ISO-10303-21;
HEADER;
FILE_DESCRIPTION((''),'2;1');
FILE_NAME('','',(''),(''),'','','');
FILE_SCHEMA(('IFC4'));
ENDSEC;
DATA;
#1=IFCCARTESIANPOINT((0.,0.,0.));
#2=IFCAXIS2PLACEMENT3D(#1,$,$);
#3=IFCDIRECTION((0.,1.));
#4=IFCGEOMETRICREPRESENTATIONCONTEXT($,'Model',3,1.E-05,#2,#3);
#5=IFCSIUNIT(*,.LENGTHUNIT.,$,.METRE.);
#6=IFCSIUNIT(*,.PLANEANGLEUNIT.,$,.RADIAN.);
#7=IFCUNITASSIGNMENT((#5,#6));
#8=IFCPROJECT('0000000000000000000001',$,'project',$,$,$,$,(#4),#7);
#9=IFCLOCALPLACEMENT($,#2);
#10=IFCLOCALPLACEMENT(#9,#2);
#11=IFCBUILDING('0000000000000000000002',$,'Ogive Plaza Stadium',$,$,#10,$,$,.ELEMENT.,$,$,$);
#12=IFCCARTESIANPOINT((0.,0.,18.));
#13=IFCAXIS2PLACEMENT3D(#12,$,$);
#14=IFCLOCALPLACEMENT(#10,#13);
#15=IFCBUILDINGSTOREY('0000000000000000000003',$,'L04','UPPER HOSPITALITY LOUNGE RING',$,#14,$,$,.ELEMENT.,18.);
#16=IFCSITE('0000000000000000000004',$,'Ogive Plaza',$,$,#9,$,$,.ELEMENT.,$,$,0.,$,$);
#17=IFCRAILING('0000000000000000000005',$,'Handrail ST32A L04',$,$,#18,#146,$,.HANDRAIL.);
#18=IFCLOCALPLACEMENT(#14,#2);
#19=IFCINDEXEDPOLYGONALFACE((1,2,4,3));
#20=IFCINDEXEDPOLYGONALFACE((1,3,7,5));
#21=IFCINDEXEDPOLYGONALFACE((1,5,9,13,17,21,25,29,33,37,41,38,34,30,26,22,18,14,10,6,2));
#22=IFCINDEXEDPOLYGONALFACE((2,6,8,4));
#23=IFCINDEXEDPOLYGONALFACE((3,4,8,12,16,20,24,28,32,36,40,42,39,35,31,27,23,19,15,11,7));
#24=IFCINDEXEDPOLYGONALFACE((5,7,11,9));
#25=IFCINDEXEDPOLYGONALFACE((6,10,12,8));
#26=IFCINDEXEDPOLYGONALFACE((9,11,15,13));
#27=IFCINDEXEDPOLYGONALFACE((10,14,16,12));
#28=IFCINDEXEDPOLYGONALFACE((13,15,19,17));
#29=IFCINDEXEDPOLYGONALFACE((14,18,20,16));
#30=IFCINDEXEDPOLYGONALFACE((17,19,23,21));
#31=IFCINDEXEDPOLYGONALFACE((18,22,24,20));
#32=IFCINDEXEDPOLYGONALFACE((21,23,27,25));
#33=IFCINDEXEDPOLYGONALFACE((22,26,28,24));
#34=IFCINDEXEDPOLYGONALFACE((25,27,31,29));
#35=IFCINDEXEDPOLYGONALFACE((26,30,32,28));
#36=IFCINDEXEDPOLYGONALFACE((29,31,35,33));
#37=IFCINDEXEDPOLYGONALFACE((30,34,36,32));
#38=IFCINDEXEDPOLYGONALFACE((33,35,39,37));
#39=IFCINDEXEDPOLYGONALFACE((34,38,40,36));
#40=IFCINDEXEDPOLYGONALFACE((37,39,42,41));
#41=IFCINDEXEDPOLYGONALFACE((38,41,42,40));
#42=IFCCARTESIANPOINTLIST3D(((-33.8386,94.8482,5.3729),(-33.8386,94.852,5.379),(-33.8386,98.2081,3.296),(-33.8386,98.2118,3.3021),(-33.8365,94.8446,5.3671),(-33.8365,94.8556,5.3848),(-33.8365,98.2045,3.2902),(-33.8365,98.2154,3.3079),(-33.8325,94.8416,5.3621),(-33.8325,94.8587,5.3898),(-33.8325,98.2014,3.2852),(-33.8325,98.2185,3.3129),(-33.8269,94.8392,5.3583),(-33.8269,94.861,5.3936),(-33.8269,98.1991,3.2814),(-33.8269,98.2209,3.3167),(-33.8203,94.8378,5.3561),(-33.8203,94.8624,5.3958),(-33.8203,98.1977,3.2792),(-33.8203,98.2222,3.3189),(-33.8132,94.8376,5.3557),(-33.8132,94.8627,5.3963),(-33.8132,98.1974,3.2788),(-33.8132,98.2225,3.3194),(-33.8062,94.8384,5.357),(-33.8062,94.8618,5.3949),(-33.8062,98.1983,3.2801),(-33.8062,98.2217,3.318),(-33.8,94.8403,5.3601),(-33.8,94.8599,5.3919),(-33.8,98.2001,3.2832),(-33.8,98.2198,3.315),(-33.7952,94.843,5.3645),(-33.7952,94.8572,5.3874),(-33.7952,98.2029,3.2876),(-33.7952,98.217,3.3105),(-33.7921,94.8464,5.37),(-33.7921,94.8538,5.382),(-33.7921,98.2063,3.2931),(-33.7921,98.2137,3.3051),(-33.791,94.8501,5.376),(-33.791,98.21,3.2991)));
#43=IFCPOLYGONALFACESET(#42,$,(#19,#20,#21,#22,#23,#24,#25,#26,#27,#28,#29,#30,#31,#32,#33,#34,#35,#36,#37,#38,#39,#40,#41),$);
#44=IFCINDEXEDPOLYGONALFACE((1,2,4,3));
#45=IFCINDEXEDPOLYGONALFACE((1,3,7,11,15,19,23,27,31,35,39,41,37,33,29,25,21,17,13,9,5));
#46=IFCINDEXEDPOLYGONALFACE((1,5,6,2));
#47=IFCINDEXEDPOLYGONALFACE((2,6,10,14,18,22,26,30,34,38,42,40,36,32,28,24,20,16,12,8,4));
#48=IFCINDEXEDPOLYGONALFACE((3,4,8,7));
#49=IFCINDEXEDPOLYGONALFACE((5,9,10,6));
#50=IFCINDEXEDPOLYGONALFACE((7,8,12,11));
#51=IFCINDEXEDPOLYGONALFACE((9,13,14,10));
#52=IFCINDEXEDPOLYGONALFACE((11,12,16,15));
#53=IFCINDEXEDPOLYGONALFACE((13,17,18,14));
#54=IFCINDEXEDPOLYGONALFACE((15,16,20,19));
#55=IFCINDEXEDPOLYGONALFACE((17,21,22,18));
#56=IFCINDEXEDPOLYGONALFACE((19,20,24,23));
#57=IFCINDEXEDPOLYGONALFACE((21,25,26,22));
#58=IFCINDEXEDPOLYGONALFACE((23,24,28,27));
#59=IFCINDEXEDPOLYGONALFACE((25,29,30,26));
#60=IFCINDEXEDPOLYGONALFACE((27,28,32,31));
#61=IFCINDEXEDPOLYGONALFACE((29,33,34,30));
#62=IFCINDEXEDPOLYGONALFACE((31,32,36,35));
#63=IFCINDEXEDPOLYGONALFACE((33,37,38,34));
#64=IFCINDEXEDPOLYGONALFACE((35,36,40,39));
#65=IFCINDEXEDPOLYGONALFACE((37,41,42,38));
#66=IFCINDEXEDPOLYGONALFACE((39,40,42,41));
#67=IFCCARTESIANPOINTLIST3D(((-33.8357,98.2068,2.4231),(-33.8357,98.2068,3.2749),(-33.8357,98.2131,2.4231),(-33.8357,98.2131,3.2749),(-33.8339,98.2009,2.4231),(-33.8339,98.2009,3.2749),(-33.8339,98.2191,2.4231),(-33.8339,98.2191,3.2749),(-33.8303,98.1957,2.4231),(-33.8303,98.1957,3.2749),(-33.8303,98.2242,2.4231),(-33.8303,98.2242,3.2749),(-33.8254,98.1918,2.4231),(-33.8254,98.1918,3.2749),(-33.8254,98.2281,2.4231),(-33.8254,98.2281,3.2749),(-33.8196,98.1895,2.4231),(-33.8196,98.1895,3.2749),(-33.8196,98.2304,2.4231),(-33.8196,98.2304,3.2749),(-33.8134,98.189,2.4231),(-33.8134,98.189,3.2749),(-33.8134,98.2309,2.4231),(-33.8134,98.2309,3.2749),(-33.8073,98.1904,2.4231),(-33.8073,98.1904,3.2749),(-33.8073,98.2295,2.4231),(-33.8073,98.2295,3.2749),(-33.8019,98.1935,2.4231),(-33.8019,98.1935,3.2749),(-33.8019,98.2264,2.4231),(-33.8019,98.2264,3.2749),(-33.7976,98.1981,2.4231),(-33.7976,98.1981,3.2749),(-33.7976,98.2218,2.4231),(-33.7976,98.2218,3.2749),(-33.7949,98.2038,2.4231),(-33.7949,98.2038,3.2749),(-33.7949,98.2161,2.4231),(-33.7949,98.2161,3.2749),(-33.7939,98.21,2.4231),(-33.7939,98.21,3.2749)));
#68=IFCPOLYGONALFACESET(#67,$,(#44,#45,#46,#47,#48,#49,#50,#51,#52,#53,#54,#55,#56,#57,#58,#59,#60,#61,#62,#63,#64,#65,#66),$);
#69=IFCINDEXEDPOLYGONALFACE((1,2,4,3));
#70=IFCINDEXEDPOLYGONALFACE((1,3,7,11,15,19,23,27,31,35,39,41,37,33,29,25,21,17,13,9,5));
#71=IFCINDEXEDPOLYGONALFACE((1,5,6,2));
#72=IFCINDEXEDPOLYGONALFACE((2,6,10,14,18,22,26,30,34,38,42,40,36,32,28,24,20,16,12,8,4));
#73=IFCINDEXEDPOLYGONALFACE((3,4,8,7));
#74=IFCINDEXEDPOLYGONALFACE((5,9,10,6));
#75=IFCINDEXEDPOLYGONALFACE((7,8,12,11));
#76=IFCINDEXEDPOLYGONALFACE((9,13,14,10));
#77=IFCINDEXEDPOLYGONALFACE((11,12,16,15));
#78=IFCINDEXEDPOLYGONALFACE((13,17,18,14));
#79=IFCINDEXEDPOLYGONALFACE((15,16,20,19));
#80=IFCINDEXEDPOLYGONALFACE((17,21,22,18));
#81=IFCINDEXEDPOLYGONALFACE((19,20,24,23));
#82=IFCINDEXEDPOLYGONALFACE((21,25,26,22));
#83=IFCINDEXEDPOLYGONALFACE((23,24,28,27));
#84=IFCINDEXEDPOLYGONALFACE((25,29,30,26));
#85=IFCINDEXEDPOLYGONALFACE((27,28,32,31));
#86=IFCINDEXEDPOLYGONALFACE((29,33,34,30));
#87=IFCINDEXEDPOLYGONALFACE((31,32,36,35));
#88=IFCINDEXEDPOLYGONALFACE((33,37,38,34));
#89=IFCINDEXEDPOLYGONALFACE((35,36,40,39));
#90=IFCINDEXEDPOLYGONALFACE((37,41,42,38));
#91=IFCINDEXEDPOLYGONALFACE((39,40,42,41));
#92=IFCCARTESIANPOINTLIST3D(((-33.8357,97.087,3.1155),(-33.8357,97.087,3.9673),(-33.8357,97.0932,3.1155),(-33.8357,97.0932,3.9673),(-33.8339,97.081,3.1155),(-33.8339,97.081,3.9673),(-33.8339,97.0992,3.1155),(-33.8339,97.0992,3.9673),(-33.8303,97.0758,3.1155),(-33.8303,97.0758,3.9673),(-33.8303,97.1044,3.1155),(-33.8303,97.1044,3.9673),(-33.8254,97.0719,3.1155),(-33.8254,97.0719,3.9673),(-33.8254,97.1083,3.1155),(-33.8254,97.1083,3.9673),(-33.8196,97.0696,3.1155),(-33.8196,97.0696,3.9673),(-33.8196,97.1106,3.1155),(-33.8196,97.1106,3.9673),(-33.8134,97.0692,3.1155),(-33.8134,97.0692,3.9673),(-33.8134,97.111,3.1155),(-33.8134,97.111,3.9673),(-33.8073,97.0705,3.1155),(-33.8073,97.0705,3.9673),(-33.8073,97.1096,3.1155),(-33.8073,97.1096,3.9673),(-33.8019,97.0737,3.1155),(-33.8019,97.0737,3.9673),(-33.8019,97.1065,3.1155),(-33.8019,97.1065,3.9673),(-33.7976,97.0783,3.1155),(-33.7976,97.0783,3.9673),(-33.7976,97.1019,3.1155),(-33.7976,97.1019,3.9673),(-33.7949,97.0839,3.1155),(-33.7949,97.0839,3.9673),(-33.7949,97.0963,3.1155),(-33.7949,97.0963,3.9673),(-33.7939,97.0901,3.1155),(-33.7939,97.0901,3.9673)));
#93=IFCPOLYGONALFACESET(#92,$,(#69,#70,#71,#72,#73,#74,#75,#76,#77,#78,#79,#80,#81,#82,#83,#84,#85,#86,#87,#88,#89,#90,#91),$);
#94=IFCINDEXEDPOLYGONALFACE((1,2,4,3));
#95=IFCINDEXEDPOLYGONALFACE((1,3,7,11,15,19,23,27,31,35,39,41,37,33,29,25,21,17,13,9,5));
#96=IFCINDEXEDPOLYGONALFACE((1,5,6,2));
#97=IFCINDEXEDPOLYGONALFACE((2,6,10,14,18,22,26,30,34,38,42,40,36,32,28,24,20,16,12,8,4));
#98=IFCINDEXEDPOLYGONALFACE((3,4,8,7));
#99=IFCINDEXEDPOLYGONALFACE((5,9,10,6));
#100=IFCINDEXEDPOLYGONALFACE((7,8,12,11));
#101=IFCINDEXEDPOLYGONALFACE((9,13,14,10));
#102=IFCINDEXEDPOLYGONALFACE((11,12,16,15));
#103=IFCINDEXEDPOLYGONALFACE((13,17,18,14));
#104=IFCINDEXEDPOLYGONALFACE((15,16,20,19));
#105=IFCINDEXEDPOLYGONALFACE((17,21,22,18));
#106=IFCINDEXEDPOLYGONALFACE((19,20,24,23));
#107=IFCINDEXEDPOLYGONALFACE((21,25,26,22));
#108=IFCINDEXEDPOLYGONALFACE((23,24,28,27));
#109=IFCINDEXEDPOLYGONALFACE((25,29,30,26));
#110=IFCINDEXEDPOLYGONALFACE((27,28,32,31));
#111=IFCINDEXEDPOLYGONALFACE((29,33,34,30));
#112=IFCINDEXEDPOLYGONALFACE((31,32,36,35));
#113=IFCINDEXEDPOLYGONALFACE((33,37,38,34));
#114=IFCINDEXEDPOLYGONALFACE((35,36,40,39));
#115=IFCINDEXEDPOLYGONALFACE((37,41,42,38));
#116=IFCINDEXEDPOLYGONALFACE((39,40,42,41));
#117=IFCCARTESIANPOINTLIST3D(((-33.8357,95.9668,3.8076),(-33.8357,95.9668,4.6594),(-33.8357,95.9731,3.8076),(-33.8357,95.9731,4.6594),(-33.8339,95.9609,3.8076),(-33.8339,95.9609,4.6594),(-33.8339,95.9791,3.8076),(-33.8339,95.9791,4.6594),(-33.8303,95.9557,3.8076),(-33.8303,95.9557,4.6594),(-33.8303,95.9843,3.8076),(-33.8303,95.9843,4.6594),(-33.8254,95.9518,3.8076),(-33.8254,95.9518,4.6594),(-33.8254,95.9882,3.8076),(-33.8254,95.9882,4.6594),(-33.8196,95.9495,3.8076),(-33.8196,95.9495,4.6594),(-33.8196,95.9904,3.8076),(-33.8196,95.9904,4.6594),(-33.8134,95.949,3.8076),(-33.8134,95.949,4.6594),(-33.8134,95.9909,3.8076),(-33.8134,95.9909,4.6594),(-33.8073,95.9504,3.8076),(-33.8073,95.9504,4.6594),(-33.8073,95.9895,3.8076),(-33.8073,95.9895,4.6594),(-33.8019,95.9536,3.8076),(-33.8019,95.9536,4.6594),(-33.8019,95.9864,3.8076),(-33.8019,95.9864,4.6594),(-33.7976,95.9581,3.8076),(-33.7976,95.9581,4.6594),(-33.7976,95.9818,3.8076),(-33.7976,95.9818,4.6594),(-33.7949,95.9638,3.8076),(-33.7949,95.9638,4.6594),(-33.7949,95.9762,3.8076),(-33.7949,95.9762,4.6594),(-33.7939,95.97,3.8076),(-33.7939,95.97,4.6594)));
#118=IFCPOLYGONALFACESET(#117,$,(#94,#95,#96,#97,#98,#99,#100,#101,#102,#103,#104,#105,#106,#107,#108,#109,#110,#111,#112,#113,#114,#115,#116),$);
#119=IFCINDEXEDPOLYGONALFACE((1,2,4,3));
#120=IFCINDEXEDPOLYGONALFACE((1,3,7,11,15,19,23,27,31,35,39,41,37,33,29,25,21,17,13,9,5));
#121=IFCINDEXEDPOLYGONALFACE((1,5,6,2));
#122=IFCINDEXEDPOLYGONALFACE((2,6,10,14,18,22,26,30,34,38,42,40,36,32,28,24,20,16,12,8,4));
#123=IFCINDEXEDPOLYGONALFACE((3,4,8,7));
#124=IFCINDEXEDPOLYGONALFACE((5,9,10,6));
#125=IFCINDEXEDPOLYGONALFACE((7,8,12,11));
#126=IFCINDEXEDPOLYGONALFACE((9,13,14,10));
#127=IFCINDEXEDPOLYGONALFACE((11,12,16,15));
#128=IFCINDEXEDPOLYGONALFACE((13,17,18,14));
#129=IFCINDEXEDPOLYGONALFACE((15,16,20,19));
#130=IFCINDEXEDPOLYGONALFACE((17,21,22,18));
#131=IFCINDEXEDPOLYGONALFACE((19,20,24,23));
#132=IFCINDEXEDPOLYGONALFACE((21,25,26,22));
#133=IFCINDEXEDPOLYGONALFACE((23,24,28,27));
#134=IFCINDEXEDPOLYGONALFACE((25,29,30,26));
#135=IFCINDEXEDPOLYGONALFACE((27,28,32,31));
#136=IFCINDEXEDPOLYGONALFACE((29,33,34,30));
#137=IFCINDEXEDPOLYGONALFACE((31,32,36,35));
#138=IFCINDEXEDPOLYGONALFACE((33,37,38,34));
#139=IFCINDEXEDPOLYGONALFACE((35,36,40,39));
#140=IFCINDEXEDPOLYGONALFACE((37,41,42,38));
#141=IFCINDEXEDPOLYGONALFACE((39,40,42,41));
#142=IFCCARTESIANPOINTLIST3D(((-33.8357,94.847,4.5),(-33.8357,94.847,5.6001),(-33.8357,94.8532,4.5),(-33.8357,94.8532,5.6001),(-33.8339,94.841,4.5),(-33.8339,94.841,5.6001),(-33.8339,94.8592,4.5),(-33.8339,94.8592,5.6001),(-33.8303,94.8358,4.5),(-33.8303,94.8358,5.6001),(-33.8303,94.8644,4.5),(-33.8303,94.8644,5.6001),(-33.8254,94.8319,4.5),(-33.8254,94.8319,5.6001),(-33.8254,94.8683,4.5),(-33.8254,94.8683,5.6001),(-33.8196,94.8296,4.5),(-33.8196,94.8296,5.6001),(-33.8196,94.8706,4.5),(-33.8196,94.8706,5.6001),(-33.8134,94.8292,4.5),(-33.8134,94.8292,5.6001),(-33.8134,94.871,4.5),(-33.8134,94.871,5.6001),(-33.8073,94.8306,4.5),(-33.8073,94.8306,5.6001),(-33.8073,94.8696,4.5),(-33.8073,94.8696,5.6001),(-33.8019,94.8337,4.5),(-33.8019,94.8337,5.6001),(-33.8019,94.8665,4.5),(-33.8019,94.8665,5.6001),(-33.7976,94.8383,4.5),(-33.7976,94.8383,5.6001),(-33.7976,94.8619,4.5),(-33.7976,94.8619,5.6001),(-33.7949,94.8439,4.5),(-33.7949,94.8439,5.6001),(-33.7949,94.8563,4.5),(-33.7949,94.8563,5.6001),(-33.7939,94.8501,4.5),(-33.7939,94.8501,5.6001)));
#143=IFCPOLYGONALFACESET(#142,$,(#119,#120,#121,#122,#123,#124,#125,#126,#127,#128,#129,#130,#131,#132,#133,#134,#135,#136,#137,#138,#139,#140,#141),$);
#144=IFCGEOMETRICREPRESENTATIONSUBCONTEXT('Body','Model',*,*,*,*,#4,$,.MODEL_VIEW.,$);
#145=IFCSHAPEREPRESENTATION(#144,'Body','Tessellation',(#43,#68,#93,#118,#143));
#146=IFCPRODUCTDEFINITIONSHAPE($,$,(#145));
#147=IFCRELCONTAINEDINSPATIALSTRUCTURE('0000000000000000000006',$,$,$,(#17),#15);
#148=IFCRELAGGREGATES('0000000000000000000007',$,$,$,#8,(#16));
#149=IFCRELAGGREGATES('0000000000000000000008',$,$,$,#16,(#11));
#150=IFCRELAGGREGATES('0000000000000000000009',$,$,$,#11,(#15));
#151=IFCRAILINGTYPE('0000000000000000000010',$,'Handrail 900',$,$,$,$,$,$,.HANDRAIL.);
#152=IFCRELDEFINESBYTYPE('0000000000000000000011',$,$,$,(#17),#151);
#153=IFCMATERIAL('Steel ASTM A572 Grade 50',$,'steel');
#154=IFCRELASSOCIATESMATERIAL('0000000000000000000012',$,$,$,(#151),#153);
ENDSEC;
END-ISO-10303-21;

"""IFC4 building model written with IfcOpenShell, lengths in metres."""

from ifc_helpers import new_model, si_unit, direction, frame, origin, origin_2d, place, context, subcontext, project, spatial, circle, extrude, material, type_object, element, save


model = new_model("IFC4")

# Units and contexts
model_context = context("Model", 3, precision=1e-05, world=origin(), true_north=direction((0.0, 1.0)))
body_context = subcontext(model_context, "Body", "Model", "MODEL_VIEW")
ifc_project = project(units=[si_unit("LENGTHUNIT", "METRE"), si_unit("PLANEANGLEUNIT", "RADIAN")], contexts=[model_context])

# Site, building, storey
site_placement = place(None, origin())
site = spatial("IfcSite", under=ifc_project, at=site_placement, Name="Ogive Plaza", CompositionType="ELEMENT", RefElevation=0.0)
building_placement = place(site_placement, origin())
building = spatial("IfcBuilding", under=site, at=building_placement, Name="Ogive Plaza Stadium", CompositionType="ELEMENT")
storey_placement = place(building_placement, frame((0.0, 0.0, 18.0)))
storey = spatial("IfcBuildingStorey", under=building, at=storey_placement, Name="L04", Description="UPPER HOSPITALITY LOUNGE RING", CompositionType="ELEMENT", Elevation=18.0)

# Railing
ifc_material_1 = material(Name="Steel ASTM A572 Grade 50", Category="steel")
railing_type_1 = type_object("IfcRailingType", Name="Handrail 900", PredefinedType="HANDRAIL", material=ifc_material_1)
railing_1_placement = place(storey_placement, frame((-33.8149, 98.21, 2.4231)))
element("IfcRailing", 1, at=railing_1_placement, inside=storey, type_object=railing_type_1, Name="Handrail ST32A L04", PredefinedType="HANDRAIL", context=body_context, shape_type="SweptSolid", body=[
    extrude(circle(Radius=0.0239, at=origin_2d()), frame((0.0, 0.0, 0.876), z_axis=(0.0, -0.850606, 0.525803), x_axis=(1.0, 0.0, 0.0)), (0.0, 0.0, 1.0), 3.95),
    extrude(circle(Radius=0.021, at=origin_2d()), origin(), (0.0, 0.0, 1.0), 0.8518),
    extrude(circle(Radius=0.021, at=origin_2d()), frame((0.0, -1.1199, 0.6924)), (0.0, 0.0, 1.0), 0.8518),
    extrude(circle(Radius=0.021, at=origin_2d()), frame((0.0, -2.24, 1.3845)), (0.0, 0.0, 1.0), 0.8518),
    extrude(circle(Radius=0.021, at=origin_2d()), frame((0.0, -3.3599, 2.0769)), (0.0, 0.0, 1.0), 1.1001),
])

save(model, "model.ifc")
